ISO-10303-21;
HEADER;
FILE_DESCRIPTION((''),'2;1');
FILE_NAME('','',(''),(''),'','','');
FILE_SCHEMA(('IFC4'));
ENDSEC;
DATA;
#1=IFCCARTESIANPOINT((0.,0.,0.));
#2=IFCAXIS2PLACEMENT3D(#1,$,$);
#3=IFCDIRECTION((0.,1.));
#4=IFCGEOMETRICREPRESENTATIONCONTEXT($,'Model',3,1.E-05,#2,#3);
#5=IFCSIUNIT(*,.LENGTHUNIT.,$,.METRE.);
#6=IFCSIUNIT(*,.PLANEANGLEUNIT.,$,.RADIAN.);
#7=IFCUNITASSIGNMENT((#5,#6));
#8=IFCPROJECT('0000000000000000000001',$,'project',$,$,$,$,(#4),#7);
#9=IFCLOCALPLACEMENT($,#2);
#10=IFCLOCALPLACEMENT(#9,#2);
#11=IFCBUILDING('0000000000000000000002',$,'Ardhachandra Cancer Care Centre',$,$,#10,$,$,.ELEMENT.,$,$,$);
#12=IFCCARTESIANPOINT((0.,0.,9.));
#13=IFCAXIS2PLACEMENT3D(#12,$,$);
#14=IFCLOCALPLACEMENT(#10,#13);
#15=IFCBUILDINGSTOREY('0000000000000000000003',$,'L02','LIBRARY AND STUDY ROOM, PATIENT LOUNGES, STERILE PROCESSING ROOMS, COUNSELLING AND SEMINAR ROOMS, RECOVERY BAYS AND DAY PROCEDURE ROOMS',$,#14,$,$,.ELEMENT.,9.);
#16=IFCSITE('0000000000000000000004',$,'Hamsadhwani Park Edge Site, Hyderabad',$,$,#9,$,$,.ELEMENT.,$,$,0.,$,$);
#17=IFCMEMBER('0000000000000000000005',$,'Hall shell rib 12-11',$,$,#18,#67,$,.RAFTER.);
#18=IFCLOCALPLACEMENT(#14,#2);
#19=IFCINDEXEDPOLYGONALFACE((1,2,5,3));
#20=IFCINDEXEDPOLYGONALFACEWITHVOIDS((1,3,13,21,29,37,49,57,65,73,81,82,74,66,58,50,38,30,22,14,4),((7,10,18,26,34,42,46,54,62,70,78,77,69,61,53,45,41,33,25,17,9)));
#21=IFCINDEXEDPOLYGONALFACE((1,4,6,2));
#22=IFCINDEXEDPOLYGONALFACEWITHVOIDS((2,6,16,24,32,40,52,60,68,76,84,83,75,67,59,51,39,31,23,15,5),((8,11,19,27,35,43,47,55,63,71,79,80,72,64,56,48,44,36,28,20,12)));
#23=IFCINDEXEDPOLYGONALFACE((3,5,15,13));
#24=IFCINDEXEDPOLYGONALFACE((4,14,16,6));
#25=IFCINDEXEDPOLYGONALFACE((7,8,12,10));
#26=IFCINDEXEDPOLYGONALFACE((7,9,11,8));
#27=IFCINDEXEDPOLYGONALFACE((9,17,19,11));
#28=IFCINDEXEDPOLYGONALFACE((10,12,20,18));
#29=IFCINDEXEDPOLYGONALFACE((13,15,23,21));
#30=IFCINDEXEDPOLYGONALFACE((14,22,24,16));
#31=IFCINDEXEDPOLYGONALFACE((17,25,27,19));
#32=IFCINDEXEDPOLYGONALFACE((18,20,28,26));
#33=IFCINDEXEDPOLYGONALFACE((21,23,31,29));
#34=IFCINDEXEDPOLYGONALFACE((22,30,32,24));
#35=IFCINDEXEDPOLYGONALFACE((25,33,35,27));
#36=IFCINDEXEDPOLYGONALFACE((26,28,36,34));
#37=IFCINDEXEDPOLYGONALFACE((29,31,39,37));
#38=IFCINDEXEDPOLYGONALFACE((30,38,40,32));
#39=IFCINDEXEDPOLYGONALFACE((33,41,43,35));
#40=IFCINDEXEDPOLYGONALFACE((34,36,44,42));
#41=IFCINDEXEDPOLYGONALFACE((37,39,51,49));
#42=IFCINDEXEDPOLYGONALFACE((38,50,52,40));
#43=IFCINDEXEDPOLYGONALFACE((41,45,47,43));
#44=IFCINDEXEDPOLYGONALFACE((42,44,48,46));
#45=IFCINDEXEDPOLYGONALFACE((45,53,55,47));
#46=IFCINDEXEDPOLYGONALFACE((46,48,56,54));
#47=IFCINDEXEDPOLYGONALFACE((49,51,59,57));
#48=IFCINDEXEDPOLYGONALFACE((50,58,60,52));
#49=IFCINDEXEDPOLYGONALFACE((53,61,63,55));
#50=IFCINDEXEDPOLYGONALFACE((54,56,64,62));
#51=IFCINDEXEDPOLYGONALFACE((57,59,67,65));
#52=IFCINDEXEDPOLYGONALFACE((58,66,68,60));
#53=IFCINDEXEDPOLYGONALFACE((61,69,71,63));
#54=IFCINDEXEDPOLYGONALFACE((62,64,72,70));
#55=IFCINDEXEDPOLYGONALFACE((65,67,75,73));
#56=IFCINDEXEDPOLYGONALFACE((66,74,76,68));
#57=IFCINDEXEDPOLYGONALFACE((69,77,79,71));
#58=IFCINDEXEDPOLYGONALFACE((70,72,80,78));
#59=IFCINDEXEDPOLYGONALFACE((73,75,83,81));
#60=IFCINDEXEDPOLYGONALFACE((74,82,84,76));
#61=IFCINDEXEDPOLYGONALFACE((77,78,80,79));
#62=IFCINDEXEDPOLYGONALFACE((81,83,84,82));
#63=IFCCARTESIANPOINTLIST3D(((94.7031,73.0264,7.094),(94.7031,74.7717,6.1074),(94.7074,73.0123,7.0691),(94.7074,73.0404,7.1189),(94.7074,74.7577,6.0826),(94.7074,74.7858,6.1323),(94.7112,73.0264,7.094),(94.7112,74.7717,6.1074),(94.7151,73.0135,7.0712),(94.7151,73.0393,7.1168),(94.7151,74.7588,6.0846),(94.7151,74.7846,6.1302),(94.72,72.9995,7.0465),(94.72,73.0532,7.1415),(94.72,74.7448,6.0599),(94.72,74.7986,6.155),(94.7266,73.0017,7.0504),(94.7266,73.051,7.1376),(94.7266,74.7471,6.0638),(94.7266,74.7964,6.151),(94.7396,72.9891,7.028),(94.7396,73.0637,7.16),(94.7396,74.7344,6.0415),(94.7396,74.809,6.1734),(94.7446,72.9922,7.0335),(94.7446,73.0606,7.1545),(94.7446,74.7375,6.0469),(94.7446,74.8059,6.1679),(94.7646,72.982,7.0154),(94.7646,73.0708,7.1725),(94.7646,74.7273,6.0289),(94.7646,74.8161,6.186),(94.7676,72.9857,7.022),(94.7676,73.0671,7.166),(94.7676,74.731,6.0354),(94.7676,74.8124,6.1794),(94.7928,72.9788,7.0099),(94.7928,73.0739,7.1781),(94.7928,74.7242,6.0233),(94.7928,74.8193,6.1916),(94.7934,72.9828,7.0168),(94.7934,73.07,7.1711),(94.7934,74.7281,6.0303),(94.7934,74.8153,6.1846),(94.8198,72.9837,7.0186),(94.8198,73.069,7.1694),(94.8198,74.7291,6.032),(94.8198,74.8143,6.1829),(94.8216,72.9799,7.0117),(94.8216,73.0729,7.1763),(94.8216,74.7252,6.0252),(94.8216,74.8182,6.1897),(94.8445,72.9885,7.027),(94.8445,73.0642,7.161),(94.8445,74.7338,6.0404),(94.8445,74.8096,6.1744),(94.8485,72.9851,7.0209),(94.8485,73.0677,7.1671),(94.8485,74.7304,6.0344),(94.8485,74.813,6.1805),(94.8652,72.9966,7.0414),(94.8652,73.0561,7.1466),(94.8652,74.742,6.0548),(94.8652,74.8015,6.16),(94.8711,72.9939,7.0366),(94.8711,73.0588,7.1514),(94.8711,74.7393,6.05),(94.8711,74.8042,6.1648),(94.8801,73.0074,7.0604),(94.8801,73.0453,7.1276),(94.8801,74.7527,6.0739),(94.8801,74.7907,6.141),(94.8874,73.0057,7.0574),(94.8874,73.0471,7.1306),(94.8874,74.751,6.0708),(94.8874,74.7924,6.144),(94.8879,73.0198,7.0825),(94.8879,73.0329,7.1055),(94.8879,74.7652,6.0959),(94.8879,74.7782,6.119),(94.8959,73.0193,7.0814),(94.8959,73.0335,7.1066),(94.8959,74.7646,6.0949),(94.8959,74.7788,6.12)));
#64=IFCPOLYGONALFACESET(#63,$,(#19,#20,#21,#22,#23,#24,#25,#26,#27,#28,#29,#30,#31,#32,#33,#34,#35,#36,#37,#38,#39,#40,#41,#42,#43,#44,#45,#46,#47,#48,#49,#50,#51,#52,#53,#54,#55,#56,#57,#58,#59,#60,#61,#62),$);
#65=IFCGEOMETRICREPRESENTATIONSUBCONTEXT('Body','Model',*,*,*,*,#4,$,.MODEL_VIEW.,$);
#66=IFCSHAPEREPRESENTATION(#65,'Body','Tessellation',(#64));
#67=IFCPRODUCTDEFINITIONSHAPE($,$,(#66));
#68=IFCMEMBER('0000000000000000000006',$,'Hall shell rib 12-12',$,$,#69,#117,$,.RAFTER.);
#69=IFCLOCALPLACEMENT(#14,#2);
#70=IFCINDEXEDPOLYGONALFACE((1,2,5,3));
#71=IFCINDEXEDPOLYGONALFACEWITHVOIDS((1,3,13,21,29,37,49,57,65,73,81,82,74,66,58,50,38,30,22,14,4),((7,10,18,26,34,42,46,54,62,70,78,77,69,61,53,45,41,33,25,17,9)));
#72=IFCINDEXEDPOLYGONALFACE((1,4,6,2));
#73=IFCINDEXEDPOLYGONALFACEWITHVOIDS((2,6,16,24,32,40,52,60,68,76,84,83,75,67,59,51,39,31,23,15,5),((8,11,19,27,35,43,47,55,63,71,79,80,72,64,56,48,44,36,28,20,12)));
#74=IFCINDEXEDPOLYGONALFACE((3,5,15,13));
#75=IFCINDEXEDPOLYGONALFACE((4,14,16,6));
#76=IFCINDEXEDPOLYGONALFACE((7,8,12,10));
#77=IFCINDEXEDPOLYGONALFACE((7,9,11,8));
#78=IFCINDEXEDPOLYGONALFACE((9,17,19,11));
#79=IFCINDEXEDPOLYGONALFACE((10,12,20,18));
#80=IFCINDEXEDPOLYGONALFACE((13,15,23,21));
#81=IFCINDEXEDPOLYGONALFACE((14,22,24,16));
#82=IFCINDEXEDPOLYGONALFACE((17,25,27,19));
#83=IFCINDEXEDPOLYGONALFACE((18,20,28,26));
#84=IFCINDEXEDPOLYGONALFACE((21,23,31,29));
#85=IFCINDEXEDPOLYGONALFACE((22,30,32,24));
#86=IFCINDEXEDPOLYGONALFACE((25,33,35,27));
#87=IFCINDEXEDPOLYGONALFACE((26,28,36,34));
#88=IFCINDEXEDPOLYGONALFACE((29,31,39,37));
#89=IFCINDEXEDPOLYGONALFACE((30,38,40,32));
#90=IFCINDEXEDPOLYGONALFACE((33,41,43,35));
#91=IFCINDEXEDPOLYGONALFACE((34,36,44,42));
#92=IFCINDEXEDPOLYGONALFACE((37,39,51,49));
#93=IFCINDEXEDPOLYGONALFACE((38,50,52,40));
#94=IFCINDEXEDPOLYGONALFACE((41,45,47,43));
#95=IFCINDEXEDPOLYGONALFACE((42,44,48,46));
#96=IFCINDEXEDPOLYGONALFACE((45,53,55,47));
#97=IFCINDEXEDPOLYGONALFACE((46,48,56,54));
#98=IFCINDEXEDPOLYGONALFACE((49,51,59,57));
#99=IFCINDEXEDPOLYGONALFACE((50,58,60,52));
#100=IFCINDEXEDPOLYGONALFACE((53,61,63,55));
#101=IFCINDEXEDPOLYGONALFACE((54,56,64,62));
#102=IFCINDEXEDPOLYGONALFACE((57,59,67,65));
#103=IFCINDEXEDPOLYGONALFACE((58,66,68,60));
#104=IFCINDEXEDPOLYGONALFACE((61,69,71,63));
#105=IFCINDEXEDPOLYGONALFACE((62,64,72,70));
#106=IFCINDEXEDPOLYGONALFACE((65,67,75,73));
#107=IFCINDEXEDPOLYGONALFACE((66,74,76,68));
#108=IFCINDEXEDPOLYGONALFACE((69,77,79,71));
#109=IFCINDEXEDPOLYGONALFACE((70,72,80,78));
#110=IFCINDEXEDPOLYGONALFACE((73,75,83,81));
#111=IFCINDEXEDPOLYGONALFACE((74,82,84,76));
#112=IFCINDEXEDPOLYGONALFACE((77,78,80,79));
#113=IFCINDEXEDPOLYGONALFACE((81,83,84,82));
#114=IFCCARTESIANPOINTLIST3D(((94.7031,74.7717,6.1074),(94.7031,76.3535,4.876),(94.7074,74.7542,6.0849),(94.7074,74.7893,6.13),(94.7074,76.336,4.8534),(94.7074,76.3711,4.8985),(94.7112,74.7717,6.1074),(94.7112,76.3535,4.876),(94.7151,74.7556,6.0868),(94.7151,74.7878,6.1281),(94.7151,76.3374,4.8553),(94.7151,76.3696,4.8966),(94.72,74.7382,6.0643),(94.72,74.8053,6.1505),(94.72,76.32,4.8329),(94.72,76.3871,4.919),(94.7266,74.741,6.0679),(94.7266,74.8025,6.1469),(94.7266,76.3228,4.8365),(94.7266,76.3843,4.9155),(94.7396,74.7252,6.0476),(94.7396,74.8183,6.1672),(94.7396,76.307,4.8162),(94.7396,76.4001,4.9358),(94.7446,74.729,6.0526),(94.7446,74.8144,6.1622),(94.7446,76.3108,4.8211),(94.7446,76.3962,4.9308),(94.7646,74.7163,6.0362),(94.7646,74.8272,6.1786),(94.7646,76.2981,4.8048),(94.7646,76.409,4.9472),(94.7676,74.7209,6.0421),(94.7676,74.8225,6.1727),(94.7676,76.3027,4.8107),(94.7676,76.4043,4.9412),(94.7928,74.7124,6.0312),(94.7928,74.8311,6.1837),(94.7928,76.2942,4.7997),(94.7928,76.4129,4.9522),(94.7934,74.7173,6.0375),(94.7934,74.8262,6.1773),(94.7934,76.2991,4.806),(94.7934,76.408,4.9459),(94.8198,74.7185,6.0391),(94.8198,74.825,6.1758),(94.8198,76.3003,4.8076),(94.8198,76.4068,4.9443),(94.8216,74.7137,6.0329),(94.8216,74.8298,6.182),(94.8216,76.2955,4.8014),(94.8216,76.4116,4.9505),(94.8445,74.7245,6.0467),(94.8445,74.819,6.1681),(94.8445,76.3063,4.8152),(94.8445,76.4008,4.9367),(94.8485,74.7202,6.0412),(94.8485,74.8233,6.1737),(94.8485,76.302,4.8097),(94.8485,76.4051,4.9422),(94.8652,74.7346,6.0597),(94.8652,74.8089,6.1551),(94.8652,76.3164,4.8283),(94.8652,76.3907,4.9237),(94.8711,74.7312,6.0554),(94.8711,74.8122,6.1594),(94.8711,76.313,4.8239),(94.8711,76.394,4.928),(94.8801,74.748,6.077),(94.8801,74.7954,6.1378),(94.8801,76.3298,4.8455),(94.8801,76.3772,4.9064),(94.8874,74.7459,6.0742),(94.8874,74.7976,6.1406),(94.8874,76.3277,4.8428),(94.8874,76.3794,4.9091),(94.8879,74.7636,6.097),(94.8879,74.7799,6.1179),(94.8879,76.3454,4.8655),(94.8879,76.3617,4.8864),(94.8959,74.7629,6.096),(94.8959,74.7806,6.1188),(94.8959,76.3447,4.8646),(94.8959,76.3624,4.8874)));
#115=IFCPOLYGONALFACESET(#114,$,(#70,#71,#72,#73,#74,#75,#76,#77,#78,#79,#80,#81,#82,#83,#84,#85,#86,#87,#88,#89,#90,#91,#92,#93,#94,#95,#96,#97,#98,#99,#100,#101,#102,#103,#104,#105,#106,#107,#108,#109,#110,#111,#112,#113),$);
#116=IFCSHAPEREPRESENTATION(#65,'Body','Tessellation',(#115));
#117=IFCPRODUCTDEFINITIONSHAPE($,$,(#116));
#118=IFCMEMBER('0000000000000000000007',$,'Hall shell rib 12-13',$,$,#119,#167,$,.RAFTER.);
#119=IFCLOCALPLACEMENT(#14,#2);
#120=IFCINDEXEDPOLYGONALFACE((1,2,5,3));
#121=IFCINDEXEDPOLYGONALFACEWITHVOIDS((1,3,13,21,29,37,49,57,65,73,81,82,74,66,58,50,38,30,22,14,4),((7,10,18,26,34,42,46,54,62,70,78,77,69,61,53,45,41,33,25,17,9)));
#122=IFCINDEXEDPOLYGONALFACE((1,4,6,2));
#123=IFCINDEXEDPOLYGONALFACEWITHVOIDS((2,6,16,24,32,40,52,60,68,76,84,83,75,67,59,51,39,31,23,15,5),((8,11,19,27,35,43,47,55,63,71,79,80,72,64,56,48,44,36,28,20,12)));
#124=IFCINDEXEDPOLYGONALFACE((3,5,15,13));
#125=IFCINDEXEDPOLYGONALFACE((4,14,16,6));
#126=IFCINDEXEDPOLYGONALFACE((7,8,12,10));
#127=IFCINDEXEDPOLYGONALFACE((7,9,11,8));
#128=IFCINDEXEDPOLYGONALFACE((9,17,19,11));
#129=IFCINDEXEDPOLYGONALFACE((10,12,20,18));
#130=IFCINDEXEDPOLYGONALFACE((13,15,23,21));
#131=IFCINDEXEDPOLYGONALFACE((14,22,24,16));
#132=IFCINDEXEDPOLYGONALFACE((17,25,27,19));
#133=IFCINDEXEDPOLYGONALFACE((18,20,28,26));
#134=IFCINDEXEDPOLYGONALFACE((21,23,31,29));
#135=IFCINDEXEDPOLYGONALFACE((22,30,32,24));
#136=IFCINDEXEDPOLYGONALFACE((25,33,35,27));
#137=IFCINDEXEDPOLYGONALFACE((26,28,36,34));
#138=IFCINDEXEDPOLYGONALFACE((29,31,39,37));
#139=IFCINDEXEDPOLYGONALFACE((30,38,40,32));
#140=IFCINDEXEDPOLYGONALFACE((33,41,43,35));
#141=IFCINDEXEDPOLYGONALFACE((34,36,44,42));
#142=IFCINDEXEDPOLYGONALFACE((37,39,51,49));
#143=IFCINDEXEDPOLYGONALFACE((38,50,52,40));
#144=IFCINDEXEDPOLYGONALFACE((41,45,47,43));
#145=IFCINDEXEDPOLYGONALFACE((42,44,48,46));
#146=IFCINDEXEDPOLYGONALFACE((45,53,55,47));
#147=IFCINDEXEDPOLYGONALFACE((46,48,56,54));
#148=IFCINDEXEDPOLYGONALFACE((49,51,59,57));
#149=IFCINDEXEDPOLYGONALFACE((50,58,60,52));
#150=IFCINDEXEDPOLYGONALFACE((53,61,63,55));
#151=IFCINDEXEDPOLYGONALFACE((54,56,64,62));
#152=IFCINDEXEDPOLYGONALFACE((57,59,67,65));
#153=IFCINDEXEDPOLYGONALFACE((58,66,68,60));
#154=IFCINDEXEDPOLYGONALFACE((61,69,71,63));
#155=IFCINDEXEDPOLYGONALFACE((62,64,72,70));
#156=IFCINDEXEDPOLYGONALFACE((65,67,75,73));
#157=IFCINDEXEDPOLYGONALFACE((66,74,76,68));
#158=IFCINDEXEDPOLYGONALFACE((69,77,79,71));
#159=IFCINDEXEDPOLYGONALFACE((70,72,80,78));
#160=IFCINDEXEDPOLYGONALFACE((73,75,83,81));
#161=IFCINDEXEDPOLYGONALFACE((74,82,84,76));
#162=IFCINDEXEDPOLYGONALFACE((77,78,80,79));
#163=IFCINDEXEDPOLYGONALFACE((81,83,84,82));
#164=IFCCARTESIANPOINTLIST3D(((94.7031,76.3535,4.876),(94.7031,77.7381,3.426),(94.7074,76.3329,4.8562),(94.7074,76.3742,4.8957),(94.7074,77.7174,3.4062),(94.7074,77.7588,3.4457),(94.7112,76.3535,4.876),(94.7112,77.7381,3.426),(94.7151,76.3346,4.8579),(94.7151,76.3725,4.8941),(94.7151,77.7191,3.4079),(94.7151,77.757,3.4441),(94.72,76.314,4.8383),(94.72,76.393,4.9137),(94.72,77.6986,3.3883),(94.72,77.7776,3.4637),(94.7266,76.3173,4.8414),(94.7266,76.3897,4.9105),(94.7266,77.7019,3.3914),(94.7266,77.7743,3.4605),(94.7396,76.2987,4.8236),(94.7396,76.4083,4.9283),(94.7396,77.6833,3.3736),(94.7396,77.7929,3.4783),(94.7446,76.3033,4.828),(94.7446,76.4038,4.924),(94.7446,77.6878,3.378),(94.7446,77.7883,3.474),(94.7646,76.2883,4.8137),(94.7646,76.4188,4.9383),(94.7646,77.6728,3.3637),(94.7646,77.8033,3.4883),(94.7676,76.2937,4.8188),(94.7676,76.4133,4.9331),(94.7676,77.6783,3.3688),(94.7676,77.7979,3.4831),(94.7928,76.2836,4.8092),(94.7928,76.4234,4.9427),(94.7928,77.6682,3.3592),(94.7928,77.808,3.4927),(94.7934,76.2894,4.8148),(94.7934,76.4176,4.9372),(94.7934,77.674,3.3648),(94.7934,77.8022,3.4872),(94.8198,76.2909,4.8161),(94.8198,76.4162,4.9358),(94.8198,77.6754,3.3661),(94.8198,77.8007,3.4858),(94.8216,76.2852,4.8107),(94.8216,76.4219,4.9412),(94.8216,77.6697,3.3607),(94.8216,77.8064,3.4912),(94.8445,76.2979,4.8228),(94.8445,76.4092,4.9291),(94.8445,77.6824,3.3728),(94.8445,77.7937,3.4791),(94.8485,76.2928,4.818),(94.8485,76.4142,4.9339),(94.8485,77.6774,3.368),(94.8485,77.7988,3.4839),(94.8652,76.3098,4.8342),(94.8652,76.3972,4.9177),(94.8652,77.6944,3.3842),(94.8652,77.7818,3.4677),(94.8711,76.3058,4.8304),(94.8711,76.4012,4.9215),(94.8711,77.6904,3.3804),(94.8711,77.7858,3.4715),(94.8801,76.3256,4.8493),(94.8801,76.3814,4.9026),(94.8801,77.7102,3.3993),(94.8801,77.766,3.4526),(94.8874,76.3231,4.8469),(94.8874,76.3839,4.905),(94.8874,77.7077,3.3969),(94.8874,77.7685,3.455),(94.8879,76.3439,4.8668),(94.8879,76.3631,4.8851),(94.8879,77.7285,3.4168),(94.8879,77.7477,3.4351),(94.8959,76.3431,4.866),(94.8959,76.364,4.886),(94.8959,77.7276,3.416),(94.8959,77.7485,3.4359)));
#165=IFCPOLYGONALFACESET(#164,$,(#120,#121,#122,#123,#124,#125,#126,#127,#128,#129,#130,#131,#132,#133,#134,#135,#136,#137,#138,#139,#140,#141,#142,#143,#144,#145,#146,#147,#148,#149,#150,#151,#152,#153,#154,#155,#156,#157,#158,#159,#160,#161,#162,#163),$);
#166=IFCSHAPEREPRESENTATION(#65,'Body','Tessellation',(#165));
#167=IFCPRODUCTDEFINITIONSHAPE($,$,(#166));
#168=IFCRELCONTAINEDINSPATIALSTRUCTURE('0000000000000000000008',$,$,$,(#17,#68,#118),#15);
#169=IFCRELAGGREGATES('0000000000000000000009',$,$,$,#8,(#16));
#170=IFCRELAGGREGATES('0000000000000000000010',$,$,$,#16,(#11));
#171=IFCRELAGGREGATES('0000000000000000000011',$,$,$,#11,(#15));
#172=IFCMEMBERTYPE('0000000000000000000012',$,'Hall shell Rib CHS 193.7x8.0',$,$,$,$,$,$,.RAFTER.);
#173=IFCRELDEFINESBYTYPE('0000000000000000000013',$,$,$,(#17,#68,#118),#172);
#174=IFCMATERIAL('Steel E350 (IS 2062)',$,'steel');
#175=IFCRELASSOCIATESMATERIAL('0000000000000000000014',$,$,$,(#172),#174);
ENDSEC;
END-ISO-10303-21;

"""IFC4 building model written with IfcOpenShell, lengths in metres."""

from ifc_helpers import new_model, si_unit, direction, frame, origin, origin_2d, place, context, subcontext, project, spatial, hollow_circle, extrude, material, material_profile, profile_set, type_object, element, save


model = new_model("IFC4")

# Units and contexts
model_context = context("Model", 3, precision=1e-05, world=origin(), true_north=direction((0.0, 1.0)))
body_context = subcontext(model_context, "Body", "Model", "MODEL_VIEW")
ifc_project = project(units=[si_unit("LENGTHUNIT", "METRE"), si_unit("PLANEANGLEUNIT", "RADIAN")], contexts=[model_context])

# Site, building, storey
site_placement = place(None, origin())
site = spatial("IfcSite", under=ifc_project, at=site_placement, Name="Hamsadhwani Park Edge Site, Hyderabad", CompositionType="ELEMENT", RefElevation=0.0)
building_placement = place(site_placement, origin())
building = spatial("IfcBuilding", under=site, at=building_placement, Name="Ardhachandra Cancer Care Centre", CompositionType="ELEMENT")
storey_placement = place(building_placement, frame((0.0, 0.0, 9.0)))
storey = spatial("IfcBuildingStorey", under=building, at=storey_placement, Name="L02", Description="LIBRARY AND STUDY ROOM, PATIENT LOUNGES, STERILE PROCESSING ROOMS, COUNSELLING AND SEMINAR ROOMS, RECOVERY BAYS AND DAY PROCEDURE ROOMS", CompositionType="ELEMENT", Elevation=9.0)

# Members
ifc_material_1 = material(Name="Steel E350 (IS 2062)", Category="steel")
ifc_material_profile_1 = material_profile(ifc_material_1, hollow_circle(Radius=0.0969, WallThickness=0.0081, at=origin_2d()), Name="CHS 193.7x8.0")
ifc_profile_set_1 = profile_set([ifc_material_profile_1], Name="Steel E350 (IS 2062)")
member_type_1 = type_object("IfcMemberType", Name="Hall shell Rib CHS 193.7x8.0", PredefinedType="RAFTER", material=ifc_profile_set_1)
member_1_placement = place(storey_placement, frame((94.8, 73.0264, 7.094), z_axis=(0.0, 0.870549, -0.492081), x_axis=(-1.0, 0.0, 0.0)))
element("IfcMember", 1, at=member_1_placement, inside=storey, type_object=member_type_1, Name="Hall shell rib 12-11", PredefinedType="RAFTER", context=body_context, shape_type="SweptSolid", body=[
    extrude(hollow_circle(Radius=0.0969, WallThickness=0.0081, at=origin_2d()), origin(), (0.0, 0.0, 1.0), 2.0049),
])
member_2_placement = place(storey_placement, frame((94.8, 74.7717, 6.1074), z_axis=(0.0, 0.78907, -0.614303), x_axis=(-1.0, 0.0, 0.0)))
element("IfcMember", 2, at=member_2_placement, inside=storey, type_object=member_type_1, Name="Hall shell rib 12-12", PredefinedType="RAFTER", context=body_context, shape_type="SweptSolid", body=[
    extrude(hollow_circle(Radius=0.0969, WallThickness=0.0081, at=origin_2d()), origin(), (0.0, 0.0, 1.0), 2.0046),
])
member_3_placement = place(storey_placement, frame((94.8, 76.3535, 4.876), z_axis=(0.0, 0.6906, -0.723237), x_axis=(-1.0, 0.0, 0.0)))
element("IfcMember", 3, at=member_3_placement, inside=storey, type_object=member_type_1, Name="Hall shell rib 12-13", PredefinedType="RAFTER", context=body_context, shape_type="SweptSolid", body=[
    extrude(hollow_circle(Radius=0.0969, WallThickness=0.0081, at=origin_2d()), origin(), (0.0, 0.0, 1.0), 2.0049),
])

save(model, "model.ifc")
